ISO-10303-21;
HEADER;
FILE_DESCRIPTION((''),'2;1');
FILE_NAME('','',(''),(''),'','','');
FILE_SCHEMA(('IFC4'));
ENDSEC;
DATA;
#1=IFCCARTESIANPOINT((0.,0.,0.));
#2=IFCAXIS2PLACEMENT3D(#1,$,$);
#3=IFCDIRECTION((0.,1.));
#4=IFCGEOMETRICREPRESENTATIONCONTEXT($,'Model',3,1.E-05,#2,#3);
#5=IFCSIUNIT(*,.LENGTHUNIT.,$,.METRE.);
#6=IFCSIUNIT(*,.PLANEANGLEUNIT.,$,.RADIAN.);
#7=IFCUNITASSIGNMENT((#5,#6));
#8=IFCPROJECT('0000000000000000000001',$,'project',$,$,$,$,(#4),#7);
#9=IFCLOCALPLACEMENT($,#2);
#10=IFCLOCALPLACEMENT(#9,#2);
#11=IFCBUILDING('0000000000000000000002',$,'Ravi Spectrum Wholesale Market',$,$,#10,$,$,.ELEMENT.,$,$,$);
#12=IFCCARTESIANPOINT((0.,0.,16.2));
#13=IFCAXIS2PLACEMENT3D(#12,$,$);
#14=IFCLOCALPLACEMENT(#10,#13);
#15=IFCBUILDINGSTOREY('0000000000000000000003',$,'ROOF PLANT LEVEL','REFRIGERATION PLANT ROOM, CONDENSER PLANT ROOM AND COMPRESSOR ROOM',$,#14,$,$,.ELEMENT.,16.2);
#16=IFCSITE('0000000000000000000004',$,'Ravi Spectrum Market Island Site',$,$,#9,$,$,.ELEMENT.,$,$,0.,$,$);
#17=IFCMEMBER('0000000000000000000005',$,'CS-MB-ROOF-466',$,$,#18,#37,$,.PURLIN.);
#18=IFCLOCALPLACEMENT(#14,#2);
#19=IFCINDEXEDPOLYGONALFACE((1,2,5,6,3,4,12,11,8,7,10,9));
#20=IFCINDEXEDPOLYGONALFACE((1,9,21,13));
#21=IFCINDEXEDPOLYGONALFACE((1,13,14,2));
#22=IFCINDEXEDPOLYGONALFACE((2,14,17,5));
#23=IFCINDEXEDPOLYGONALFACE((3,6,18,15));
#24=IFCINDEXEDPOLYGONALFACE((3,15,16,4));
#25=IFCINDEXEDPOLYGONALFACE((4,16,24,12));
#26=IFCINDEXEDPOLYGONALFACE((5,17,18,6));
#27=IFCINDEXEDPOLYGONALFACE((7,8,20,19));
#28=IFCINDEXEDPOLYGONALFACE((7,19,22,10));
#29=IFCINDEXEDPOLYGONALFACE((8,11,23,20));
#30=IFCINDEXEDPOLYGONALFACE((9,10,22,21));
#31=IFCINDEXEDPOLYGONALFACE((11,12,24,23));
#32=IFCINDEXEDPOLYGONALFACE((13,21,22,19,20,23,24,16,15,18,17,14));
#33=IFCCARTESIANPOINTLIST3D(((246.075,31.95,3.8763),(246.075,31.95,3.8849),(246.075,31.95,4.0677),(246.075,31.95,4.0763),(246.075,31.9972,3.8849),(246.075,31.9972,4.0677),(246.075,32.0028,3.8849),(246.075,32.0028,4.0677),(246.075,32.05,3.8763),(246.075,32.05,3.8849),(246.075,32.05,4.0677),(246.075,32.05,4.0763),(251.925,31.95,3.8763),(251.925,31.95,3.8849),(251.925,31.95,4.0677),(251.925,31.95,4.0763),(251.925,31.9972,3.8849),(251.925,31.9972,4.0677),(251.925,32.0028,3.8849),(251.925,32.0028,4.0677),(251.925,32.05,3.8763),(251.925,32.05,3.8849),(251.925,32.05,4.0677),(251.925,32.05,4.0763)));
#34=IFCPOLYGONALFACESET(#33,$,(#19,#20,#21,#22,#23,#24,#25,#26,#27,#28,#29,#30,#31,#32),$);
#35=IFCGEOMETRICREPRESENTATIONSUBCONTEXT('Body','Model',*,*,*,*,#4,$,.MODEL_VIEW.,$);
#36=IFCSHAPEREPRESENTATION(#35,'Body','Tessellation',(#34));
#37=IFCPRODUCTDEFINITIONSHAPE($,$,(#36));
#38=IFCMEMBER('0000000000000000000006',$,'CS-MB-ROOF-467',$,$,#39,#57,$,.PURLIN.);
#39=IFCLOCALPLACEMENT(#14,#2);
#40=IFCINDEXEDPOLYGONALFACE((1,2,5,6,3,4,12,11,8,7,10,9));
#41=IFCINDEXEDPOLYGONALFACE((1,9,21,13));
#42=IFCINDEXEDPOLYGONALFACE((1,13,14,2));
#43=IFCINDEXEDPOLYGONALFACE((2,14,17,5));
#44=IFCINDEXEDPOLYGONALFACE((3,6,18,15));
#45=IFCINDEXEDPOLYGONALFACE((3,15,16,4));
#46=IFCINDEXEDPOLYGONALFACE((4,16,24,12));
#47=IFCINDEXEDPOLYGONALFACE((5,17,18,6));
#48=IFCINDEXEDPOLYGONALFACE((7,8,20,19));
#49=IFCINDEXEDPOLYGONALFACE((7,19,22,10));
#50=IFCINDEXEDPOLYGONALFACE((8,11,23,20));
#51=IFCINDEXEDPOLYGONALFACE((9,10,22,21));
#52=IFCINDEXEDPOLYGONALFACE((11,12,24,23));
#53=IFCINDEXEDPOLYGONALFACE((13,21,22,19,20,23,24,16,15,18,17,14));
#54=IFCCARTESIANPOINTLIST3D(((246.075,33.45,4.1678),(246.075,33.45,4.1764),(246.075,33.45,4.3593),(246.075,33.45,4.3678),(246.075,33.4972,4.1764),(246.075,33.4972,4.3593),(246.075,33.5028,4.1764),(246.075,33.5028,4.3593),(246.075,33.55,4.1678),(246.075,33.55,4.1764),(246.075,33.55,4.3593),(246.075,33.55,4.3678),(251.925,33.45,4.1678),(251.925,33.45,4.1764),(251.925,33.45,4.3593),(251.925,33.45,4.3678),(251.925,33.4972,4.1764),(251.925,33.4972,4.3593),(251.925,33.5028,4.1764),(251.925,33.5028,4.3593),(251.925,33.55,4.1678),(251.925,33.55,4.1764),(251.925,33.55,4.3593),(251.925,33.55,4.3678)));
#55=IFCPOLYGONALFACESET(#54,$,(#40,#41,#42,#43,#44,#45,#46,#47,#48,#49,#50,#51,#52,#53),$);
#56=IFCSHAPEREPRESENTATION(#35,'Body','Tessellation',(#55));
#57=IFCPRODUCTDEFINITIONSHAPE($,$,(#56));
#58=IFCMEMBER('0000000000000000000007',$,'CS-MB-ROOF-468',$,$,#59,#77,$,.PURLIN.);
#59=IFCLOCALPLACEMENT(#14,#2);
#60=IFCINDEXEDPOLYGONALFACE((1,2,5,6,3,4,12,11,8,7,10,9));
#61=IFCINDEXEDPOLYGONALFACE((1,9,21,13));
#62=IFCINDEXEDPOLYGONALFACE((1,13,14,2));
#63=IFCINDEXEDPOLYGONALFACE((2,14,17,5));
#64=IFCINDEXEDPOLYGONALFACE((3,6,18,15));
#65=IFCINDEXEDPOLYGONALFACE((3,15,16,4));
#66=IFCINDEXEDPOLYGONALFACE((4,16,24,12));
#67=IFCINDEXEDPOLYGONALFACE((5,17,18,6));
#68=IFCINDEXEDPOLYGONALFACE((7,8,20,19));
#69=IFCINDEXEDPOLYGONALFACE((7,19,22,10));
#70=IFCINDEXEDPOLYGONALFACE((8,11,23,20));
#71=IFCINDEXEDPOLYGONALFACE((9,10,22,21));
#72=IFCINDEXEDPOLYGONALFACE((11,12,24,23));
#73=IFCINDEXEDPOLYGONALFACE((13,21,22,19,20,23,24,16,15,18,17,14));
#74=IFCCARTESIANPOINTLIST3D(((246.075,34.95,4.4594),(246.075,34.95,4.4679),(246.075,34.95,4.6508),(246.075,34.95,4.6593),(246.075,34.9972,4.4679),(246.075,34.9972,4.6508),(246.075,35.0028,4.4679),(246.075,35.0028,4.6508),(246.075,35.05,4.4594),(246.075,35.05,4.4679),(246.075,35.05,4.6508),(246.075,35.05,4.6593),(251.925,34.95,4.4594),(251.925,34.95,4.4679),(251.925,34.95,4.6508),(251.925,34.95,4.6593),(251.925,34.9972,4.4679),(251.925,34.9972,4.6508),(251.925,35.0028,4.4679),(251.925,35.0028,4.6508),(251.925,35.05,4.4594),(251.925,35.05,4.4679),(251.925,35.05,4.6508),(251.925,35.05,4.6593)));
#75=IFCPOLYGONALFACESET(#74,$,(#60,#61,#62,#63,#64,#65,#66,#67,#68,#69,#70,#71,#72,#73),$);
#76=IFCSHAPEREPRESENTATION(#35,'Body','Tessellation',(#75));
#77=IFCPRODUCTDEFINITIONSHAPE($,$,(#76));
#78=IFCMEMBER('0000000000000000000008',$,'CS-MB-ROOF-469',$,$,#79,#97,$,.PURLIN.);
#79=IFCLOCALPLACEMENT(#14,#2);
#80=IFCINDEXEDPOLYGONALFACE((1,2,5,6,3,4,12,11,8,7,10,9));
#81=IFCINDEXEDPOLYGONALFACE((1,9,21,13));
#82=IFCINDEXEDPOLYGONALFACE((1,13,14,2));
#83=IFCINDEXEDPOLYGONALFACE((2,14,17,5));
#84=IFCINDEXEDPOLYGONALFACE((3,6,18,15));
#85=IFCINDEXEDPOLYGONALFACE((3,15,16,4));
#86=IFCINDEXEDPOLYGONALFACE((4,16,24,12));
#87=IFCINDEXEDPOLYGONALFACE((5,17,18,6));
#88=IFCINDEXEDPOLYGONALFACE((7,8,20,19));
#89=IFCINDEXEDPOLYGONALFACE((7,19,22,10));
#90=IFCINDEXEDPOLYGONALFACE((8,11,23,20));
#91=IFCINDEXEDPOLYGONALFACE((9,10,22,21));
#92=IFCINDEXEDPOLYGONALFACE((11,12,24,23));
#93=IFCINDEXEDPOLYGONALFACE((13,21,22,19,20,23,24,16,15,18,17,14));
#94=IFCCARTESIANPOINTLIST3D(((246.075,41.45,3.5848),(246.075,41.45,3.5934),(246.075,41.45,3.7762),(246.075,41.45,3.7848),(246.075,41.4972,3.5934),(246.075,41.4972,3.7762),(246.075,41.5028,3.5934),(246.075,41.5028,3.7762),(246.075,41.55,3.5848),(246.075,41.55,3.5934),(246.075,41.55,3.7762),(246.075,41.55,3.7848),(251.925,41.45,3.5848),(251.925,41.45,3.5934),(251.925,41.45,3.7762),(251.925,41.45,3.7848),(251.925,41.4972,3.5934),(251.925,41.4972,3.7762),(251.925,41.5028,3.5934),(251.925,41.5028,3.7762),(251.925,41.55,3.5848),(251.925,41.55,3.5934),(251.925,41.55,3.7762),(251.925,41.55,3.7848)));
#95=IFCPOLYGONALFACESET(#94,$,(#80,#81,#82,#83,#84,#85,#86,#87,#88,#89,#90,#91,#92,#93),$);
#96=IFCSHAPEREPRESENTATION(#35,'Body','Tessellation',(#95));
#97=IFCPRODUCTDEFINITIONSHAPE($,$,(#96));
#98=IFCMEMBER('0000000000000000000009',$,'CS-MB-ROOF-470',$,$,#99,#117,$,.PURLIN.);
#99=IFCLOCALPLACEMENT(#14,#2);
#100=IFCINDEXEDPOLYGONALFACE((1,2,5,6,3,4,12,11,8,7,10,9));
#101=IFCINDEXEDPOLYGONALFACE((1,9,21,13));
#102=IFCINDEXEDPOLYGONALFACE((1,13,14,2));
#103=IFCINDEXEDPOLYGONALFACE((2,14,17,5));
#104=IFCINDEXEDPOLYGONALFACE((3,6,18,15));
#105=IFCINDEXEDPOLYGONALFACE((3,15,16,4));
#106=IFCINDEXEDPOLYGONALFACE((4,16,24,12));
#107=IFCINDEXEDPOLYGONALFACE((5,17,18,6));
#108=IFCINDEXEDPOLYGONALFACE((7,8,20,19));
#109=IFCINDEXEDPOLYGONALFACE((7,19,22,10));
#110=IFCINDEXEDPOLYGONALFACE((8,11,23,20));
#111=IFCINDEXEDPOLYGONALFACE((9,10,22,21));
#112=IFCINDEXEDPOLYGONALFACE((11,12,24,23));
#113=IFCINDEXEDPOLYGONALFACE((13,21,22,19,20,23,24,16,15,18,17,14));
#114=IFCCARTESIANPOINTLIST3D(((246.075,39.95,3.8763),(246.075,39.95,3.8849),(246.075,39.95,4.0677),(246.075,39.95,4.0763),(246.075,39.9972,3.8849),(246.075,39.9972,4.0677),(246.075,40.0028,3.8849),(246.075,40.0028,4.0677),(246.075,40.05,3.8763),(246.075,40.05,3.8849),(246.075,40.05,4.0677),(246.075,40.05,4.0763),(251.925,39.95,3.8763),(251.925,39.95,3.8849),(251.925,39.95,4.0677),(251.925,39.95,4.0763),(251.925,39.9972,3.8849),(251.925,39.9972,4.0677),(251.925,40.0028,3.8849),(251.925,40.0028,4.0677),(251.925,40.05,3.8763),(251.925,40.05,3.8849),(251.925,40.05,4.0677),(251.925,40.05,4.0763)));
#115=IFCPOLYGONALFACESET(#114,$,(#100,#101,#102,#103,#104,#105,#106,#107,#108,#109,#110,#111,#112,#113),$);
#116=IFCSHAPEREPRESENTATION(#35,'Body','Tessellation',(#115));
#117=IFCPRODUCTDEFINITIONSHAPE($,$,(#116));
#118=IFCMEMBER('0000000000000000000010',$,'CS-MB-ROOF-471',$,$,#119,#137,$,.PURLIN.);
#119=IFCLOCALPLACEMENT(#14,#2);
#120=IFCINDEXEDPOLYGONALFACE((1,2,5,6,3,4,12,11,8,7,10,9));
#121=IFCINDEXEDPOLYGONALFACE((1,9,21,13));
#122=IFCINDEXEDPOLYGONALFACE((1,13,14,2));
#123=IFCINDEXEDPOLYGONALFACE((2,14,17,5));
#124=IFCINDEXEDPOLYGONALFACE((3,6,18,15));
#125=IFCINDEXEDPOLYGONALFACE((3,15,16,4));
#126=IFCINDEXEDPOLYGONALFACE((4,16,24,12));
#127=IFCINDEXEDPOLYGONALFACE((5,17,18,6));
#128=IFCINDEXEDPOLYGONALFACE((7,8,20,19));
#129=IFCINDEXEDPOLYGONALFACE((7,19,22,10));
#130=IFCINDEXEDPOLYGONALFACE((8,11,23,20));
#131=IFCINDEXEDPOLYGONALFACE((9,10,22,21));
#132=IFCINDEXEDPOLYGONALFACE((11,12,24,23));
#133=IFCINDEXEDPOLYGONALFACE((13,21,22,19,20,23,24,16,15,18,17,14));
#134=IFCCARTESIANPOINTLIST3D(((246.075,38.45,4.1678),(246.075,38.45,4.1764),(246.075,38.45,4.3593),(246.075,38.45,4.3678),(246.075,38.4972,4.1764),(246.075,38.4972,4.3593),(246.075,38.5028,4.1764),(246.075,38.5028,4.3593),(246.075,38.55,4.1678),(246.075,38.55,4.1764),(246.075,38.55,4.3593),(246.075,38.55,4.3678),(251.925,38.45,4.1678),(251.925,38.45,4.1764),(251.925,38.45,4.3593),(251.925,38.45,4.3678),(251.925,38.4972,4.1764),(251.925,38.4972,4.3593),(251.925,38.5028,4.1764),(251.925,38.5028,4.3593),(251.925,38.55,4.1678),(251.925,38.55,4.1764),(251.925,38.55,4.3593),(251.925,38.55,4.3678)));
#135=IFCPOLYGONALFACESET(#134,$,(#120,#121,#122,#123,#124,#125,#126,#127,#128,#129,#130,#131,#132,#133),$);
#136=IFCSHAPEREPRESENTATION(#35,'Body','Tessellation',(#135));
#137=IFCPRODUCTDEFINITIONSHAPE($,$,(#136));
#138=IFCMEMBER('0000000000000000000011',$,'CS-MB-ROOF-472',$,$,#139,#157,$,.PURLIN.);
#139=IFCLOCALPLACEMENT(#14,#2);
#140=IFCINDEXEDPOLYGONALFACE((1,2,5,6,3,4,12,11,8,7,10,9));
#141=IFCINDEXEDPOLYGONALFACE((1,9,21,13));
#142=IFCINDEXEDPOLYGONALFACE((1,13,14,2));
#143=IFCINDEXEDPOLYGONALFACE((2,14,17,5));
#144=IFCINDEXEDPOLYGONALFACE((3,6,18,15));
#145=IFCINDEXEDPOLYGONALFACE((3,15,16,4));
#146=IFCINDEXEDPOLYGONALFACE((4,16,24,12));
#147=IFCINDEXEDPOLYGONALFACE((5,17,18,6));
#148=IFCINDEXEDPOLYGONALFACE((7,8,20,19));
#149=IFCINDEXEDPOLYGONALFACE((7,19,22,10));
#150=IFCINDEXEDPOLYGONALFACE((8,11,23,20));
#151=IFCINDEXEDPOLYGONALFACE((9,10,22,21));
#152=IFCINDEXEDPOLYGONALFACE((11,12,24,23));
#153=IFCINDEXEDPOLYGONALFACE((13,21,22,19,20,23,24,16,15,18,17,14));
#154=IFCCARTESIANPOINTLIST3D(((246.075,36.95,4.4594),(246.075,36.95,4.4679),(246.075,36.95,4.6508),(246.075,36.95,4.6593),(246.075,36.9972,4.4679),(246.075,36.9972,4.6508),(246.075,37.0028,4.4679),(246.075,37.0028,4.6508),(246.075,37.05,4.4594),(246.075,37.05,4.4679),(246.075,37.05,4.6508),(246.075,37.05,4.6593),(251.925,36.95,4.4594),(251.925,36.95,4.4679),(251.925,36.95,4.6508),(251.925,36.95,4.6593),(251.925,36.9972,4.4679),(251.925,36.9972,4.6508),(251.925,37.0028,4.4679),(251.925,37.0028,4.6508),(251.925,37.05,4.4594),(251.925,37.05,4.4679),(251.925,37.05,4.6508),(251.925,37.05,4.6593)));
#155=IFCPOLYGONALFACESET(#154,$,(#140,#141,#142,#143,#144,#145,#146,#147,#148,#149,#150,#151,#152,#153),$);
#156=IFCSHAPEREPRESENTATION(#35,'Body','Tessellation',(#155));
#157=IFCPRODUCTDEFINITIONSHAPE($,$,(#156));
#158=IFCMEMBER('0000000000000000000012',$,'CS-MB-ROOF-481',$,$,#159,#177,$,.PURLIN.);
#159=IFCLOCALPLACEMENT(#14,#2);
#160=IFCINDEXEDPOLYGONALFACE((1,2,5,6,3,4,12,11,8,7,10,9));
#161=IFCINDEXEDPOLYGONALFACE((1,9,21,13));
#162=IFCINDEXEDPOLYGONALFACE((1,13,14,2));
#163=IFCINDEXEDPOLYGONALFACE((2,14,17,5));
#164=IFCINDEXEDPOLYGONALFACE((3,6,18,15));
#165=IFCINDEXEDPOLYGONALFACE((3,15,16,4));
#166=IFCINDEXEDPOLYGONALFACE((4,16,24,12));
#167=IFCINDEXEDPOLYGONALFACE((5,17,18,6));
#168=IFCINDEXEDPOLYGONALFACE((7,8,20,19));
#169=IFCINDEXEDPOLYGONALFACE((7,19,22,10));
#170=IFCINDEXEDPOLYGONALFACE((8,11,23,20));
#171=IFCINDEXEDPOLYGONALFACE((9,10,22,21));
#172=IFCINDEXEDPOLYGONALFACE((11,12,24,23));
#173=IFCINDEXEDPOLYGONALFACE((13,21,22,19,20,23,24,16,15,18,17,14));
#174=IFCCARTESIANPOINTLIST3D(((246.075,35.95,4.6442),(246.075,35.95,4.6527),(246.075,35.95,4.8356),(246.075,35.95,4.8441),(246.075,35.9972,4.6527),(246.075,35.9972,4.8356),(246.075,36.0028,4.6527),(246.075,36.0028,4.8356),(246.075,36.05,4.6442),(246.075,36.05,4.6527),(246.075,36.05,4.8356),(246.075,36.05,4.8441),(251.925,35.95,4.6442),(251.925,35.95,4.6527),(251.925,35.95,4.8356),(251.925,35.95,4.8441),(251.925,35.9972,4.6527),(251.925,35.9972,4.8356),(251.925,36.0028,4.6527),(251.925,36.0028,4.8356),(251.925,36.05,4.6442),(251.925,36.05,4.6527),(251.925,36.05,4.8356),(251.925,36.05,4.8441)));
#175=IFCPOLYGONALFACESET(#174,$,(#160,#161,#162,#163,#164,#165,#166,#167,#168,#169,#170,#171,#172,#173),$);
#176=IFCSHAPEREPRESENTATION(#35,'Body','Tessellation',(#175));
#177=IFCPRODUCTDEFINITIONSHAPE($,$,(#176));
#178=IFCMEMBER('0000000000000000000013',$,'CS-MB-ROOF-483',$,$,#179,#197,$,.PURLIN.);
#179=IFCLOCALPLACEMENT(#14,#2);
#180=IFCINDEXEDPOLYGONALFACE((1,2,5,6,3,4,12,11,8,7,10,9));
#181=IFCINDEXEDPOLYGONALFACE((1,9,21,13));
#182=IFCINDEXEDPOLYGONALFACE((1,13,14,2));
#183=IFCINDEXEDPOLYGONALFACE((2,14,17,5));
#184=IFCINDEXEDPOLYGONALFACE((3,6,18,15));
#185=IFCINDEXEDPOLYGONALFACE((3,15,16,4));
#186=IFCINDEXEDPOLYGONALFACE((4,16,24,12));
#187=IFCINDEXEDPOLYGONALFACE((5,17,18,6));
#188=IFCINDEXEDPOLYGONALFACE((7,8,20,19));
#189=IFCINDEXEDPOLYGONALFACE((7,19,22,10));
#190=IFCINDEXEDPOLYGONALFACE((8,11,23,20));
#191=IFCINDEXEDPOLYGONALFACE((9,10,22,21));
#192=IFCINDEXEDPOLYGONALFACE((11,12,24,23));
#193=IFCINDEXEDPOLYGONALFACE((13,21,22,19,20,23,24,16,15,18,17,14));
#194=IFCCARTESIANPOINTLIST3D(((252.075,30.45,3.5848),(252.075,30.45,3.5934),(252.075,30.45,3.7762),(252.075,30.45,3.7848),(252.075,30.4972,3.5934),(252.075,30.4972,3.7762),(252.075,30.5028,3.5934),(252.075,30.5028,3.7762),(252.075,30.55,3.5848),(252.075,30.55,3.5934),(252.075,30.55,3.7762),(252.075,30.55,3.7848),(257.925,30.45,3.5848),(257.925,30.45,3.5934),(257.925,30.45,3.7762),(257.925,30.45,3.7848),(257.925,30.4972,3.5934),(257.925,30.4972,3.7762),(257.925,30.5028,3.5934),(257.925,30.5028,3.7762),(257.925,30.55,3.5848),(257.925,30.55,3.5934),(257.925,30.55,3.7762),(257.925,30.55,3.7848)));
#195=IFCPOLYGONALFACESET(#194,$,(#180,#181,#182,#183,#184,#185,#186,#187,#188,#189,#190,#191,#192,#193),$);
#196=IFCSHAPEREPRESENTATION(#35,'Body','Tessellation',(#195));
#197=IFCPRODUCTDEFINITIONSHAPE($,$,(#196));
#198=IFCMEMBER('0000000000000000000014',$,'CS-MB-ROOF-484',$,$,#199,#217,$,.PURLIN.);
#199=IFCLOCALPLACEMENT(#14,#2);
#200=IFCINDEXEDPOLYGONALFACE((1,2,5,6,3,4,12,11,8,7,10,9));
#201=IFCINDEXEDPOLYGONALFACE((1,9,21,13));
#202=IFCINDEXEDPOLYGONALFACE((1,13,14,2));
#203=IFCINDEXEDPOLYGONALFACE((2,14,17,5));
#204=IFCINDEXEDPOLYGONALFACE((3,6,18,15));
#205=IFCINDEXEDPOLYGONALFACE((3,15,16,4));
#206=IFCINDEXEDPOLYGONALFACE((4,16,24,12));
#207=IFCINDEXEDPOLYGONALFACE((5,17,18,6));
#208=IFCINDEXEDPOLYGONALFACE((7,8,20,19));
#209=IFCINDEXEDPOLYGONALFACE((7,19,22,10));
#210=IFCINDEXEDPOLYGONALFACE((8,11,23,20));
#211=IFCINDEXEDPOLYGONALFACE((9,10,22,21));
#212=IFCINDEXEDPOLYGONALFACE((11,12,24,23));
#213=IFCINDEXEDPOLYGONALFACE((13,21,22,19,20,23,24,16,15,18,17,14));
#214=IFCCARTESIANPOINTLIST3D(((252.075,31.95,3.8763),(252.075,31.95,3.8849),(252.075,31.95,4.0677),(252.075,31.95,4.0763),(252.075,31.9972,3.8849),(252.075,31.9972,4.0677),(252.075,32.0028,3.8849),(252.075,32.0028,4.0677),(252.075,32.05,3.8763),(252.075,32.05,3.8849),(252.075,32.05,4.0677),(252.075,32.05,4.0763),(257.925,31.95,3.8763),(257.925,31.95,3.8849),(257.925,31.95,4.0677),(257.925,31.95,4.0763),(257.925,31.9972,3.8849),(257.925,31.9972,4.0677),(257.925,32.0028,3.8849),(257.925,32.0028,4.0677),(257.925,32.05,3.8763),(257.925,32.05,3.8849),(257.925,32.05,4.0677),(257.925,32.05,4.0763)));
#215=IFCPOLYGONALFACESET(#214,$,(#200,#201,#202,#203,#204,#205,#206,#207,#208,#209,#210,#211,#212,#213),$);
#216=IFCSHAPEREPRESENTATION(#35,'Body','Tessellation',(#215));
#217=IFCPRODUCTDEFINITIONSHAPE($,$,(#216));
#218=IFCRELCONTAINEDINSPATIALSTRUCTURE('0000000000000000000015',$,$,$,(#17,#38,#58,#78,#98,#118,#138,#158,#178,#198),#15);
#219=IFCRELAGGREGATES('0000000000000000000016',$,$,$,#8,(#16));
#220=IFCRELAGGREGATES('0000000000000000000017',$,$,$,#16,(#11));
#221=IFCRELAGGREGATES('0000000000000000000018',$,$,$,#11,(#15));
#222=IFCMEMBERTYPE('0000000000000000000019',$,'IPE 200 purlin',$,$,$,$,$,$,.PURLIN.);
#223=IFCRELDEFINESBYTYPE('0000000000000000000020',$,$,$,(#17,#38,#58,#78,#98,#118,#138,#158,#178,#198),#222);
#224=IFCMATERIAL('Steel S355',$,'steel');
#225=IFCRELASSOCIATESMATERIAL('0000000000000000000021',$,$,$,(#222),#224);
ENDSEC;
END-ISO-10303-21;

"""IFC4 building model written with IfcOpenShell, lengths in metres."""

from ifc_helpers import new_model, si_unit, direction, frame, origin, origin_2d, place, context, subcontext, project, spatial, i_section, extrude, material, material_profile, profile_set, type_object, element, save


model = new_model("IFC4")

# Units and contexts
model_context = context("Model", 3, precision=1e-05, world=origin(), true_north=direction((0.0, 1.0)))
body_context = subcontext(model_context, "Body", "Model", "MODEL_VIEW")
ifc_project = project(units=[si_unit("LENGTHUNIT", "METRE"), si_unit("PLANEANGLEUNIT", "RADIAN")], contexts=[model_context])

# Site, building, storey
site_placement = place(None, origin())
site = spatial("IfcSite", under=ifc_project, at=site_placement, Name="Ravi Spectrum Market Island Site", CompositionType="ELEMENT", RefElevation=0.0)
building_placement = place(site_placement, origin())
building = spatial("IfcBuilding", under=site, at=building_placement, Name="Ravi Spectrum Wholesale Market", CompositionType="ELEMENT")
storey_placement = place(building_placement, frame((0.0, 0.0, 16.2)))
storey = spatial("IfcBuildingStorey", under=building, at=storey_placement, Name="ROOF PLANT LEVEL", Description="REFRIGERATION PLANT ROOM, CONDENSER PLANT ROOM AND COMPRESSOR ROOM", CompositionType="ELEMENT", Elevation=16.2)

# Members
ifc_material_1 = material(Name="Steel S355", Category="steel")
ifc_material_profile_1 = material_profile(ifc_material_1, i_section(OverallWidth=0.1001, OverallDepth=0.2, WebThickness=0.0056, FlangeThickness=0.0085, at=origin_2d()))
ifc_profile_set_1 = profile_set([ifc_material_profile_1], Name="Steel S355")
member_type = type_object("IfcMemberType", Name="IPE 200 purlin", PredefinedType="PURLIN", material=ifc_profile_set_1)
for number, where, z_axis, x_axis, name in (
    (1, (246.075, 32.0, 3.9763), (1.0, 0.0, 0.0), (0.0, 1.0, 0.0), "CS-MB-ROOF-466"),
    (2, (246.075, 33.5, 4.2678), (1.0, 0.0, 0.0), (0.0, 1.0, 0.0), "CS-MB-ROOF-467"),
    (3, (246.075, 35.0, 4.5593), (1.0, 0.0, 0.0), (0.0, 1.0, 0.0), "CS-MB-ROOF-468"),
    (4, (246.075, 41.5, 3.6848), (1.0, 0.0, 0.0), (0.0, 1.0, 0.0), "CS-MB-ROOF-469"),
    (5, (246.075, 40.0, 3.9763), (1.0, 0.0, 0.0), (0.0, 1.0, 0.0), "CS-MB-ROOF-470"),
    (6, (246.075, 38.5, 4.2678), (1.0, 0.0, 0.0), (0.0, 1.0, 0.0), "CS-MB-ROOF-471"),
    (7, (246.075, 37.0, 4.5593), (1.0, 0.0, 0.0), (0.0, 1.0, 0.0), "CS-MB-ROOF-472"),
    (8, (246.075, 36.0, 4.7441), (1.0, 0.0, 0.0), (0.0, 1.0, 0.0), "CS-MB-ROOF-481"),
    (9, (252.075, 30.5, 3.6848), (1.0, 0.0, 0.0), (0.0, 1.0, 0.0), "CS-MB-ROOF-483"),
    (10, (252.075, 32.0, 3.9763), (1.0, 0.0, 0.0), (0.0, 1.0, 0.0), "CS-MB-ROOF-484"),
):
    element("IfcMember", number, at=place(storey_placement, frame(where, z_axis=z_axis, x_axis=x_axis)), inside=storey, type_object=member_type, Name=name, PredefinedType="PURLIN", context=body_context, shape_type="SweptSolid", body=[
        extrude(i_section(OverallWidth=0.1001, OverallDepth=0.2, WebThickness=0.0056, FlangeThickness=0.0085, at=origin_2d()), origin(), (0.0, 0.0, 1.0), 5.8501),
    ])

save(model, "model.ifc")
